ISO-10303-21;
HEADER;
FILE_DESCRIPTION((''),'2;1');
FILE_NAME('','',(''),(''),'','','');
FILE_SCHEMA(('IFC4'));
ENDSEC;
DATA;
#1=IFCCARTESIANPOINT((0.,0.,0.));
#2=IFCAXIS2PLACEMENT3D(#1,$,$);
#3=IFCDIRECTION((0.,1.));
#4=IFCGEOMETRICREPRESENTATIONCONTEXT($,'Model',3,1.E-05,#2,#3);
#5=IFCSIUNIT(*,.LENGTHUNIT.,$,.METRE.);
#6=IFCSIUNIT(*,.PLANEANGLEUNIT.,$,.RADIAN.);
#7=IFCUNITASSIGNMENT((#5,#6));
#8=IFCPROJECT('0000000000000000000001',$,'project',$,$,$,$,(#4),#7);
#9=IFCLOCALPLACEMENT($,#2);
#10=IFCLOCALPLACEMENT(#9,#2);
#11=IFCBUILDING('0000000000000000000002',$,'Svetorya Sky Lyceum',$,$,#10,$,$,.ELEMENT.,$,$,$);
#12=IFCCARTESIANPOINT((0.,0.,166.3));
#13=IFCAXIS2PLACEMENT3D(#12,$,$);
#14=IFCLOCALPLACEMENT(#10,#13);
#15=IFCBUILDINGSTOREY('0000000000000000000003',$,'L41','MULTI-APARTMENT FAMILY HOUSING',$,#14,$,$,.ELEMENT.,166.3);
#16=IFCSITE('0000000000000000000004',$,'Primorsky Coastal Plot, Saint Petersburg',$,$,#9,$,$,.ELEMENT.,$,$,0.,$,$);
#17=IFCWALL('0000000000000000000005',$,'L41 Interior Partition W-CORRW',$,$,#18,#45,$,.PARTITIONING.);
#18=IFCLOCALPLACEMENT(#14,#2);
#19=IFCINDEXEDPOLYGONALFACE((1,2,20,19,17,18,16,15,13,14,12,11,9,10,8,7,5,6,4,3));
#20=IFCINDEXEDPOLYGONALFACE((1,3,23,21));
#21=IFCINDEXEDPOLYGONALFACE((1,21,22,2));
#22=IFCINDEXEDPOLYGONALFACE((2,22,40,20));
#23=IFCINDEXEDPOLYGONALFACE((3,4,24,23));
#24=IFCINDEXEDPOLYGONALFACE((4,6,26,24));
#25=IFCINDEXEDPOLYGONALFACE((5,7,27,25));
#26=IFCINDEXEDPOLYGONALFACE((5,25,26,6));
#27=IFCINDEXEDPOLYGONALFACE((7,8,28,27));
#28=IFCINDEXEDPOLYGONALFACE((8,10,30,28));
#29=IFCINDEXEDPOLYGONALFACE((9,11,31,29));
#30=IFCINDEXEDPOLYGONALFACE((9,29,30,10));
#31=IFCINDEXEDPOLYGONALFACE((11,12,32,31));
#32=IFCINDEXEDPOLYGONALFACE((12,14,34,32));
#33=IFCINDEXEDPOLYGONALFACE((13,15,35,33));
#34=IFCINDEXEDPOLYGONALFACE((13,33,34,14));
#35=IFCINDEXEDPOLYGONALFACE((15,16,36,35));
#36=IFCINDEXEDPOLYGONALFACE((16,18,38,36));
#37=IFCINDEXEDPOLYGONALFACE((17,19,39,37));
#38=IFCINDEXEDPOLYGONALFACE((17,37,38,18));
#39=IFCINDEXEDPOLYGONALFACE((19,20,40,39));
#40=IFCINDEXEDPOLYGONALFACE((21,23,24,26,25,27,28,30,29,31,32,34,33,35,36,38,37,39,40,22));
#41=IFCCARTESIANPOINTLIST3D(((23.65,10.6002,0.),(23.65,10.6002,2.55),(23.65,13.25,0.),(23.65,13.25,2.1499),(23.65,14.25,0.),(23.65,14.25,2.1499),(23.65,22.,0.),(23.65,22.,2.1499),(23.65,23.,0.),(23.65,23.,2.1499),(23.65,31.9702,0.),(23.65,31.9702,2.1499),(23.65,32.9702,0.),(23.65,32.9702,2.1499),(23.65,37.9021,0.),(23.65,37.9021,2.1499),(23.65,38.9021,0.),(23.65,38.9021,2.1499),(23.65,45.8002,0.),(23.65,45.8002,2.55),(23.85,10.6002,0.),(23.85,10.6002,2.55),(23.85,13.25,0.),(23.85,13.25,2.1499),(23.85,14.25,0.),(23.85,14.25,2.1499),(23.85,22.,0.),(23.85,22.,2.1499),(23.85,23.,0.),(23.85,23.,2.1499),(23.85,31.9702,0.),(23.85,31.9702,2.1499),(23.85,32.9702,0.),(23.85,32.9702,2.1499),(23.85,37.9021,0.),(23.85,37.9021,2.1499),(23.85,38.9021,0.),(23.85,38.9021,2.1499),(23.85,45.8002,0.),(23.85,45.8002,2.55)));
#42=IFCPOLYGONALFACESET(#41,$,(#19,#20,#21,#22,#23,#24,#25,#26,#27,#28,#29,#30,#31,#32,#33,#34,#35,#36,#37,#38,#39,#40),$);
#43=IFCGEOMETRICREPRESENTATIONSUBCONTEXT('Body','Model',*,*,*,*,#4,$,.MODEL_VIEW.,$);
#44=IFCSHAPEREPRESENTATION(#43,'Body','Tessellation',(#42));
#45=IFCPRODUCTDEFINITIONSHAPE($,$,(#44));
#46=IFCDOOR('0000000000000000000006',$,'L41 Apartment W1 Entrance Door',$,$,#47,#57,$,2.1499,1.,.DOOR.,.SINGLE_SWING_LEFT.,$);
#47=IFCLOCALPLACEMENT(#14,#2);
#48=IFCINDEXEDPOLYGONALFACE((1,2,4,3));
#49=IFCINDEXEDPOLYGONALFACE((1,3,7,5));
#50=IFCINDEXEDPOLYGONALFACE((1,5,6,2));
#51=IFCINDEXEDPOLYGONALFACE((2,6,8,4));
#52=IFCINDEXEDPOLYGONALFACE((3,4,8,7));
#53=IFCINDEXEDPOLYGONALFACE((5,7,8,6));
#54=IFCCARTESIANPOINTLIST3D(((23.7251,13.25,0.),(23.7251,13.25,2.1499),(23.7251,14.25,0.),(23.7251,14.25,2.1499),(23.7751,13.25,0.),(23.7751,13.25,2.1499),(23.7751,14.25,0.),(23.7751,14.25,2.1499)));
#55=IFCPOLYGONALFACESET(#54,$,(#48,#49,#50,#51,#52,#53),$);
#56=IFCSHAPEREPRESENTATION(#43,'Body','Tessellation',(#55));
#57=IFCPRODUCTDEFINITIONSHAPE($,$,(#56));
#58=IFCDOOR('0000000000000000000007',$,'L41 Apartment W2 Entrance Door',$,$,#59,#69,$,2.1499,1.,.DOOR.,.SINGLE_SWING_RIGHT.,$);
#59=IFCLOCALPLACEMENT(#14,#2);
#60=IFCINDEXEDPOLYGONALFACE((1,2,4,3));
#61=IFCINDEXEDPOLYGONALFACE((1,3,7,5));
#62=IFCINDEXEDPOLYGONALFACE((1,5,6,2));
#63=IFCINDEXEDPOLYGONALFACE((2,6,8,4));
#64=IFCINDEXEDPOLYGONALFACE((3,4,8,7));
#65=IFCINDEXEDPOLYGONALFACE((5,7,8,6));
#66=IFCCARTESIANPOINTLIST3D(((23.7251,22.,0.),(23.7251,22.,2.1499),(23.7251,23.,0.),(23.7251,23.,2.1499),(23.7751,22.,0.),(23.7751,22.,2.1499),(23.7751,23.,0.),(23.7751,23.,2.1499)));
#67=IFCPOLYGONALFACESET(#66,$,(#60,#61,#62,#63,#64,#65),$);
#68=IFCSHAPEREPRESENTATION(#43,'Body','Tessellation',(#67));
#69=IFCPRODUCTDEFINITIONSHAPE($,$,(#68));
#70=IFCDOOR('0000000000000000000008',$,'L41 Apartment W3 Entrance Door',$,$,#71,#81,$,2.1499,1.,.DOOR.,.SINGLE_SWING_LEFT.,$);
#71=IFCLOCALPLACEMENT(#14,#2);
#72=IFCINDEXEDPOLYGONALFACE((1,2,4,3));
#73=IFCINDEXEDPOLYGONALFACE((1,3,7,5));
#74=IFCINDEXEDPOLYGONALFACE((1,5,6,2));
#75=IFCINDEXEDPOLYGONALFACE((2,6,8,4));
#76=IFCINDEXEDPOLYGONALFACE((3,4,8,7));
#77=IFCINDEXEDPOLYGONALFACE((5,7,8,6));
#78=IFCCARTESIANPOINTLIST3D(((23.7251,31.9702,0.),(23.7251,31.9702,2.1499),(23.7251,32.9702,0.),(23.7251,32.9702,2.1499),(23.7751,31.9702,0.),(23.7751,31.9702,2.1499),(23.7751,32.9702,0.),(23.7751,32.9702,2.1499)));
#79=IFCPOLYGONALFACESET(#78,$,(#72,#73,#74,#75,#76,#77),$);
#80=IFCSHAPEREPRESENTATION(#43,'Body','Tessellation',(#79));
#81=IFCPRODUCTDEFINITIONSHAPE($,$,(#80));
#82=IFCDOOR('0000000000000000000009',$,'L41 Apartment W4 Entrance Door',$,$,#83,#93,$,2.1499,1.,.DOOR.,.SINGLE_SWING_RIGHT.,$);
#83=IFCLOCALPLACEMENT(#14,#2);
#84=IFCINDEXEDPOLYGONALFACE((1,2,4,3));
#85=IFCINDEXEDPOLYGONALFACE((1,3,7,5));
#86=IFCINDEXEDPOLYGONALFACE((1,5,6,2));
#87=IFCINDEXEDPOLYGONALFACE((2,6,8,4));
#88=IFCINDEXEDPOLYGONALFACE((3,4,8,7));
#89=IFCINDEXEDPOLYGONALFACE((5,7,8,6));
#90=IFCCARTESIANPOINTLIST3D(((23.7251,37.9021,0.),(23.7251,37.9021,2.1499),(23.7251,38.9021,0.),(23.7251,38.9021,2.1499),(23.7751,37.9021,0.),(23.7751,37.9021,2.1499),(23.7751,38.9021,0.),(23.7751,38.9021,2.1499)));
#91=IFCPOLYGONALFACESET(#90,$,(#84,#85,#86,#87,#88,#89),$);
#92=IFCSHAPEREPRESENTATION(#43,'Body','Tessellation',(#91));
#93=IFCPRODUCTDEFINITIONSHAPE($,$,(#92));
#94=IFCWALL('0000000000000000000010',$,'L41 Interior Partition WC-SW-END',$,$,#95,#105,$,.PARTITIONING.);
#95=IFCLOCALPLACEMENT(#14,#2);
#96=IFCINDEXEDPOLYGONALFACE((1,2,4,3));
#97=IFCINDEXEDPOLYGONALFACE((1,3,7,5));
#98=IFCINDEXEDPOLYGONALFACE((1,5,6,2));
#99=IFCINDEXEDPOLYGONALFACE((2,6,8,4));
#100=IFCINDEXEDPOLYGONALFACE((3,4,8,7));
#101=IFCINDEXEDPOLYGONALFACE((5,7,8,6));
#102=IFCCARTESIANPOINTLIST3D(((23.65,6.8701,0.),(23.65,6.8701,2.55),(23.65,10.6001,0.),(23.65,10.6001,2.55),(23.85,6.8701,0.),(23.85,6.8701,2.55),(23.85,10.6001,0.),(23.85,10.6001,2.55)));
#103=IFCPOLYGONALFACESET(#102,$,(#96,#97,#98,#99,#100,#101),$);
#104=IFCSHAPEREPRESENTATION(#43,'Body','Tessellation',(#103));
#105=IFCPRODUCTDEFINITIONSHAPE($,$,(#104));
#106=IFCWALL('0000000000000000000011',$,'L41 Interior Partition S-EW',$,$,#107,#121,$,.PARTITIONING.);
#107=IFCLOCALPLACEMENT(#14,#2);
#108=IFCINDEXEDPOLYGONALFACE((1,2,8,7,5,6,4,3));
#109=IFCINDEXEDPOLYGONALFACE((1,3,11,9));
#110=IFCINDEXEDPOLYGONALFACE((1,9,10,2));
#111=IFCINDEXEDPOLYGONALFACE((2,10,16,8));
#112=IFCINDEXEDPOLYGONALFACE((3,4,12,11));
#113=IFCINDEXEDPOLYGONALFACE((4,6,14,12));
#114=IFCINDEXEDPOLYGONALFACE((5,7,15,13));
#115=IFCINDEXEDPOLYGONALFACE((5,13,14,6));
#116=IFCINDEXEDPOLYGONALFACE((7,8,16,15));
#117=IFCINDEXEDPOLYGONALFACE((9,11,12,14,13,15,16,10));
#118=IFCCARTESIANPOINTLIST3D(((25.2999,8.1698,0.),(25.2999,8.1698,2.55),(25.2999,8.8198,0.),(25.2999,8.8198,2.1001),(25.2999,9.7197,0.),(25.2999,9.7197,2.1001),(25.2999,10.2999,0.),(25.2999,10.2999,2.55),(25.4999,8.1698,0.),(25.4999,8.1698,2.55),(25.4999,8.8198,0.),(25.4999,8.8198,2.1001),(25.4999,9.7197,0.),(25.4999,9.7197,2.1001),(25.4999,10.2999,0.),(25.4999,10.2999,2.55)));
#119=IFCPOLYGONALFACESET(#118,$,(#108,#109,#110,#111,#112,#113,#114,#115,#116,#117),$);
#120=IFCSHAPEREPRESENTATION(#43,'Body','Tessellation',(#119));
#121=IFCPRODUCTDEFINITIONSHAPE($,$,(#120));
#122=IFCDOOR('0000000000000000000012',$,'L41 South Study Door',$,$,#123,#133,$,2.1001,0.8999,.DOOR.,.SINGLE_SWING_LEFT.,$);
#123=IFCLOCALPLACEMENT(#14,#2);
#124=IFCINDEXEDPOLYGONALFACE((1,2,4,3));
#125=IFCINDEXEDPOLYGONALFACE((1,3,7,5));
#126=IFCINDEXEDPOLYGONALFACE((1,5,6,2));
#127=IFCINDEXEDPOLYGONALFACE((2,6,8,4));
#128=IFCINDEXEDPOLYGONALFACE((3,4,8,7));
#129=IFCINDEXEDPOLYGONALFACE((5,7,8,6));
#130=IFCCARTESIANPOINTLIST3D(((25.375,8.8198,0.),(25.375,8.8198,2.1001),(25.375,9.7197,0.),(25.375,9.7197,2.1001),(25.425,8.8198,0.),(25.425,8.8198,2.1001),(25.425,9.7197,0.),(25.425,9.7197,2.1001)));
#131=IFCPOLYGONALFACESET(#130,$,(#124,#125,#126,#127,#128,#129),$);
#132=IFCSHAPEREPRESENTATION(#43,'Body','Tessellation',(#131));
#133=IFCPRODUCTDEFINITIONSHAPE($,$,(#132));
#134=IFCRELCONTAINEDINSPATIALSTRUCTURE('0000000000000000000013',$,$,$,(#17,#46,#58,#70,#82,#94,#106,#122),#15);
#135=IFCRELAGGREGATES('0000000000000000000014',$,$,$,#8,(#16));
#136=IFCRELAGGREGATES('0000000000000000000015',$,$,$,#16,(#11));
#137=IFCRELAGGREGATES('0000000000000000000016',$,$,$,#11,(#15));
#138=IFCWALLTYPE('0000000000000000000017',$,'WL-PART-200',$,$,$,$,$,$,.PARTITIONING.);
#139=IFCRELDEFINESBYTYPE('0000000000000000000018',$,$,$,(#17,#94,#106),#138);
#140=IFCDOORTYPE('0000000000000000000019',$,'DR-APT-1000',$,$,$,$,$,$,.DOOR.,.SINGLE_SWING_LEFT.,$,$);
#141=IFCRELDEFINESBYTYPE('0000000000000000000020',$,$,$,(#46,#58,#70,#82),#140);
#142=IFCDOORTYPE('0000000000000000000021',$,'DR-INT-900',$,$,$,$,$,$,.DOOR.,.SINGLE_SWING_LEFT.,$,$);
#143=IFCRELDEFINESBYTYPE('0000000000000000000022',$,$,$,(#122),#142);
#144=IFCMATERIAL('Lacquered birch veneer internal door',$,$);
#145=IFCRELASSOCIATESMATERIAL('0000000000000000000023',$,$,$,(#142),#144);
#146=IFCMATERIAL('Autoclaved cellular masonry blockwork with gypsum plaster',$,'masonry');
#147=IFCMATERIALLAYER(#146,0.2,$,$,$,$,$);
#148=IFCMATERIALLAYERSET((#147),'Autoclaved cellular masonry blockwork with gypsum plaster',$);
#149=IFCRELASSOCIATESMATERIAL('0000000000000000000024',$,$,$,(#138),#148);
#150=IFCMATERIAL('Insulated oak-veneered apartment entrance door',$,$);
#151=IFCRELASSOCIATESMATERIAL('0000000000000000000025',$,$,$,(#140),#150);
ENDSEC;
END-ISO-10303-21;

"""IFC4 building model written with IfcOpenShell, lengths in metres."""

from ifc_helpers import new_model, si_unit, direction, frame, frame_2d, origin, place, context, subcontext, project, spatial, rectangle, extrude, material, layer, layer_set, type_object, element, fill, save


model = new_model("IFC4")

# Units and contexts
model_context = context("Model", 3, precision=1e-05, world=origin(), true_north=direction((0.0, 1.0)))
body_context = subcontext(model_context, "Body", "Model", "MODEL_VIEW")
ifc_project = project(units=[si_unit("LENGTHUNIT", "METRE"), si_unit("PLANEANGLEUNIT", "RADIAN")], contexts=[model_context])

# Site, building, storey
site_placement = place(None, origin())
site = spatial("IfcSite", under=ifc_project, at=site_placement, Name="Primorsky Coastal Plot, Saint Petersburg", CompositionType="ELEMENT", RefElevation=0.0)
building_placement = place(site_placement, origin())
building = spatial("IfcBuilding", under=site, at=building_placement, Name="Svetorya Sky Lyceum", CompositionType="ELEMENT")
storey_placement = place(building_placement, frame((0.0, 0.0, 166.3)))
storey = spatial("IfcBuildingStorey", under=building, at=storey_placement, Name="L41", Description="MULTI-APARTMENT FAMILY HOUSING", CompositionType="ELEMENT", Elevation=166.3)

# Shared definitions
ifc_material_1 = material(Name="Lacquered birch veneer internal door")
door_type_1 = type_object("IfcDoorType", Name="DR-INT-900", OperationType="SINGLE_SWING_LEFT", PredefinedType="DOOR", material=ifc_material_1)

# Wall, openings, doors
ifc_material_2 = material(Name="Autoclaved cellular masonry blockwork with gypsum plaster", Category="masonry")
ifc_layer_1 = layer(ifc_material_2, 0.2)
ifc_layer_set_1 = layer_set([ifc_layer_1], Name="Autoclaved cellular masonry blockwork with gypsum plaster")
wall_type_1 = type_object("IfcWallType", Name="WL-PART-200", PredefinedType="PARTITIONING", material=ifc_layer_set_1)
wall_1_placement = place(storey_placement, frame((23.75, 10.6001, 0.0), z_axis=(0.0, 0.0, 1.0), x_axis=(0.0, 1.0, 0.0)))
wall_1 = element("IfcWall", 1, at=wall_1_placement, inside=storey, type_object=wall_type_1, Name="L41 Interior Partition W-CORRW", PredefinedType="PARTITIONING", context=body_context, shape_type="SweptSolid", body=[
    extrude(rectangle(XDim=35.2, YDim=0.2, at=frame_2d((17.6001, 0.0))), origin(), (0.0, 0.0, 1.0), 2.55),
])
opening_1_placement = place(wall_1_placement, frame((2.6499, 0.0, 0.0)))
opening_1 = element("IfcOpeningElement", 2, at=opening_1_placement, cuts=wall_1, PredefinedType="OPENING", context=body_context, shape_type="SweptSolid", body=[
    extrude(rectangle(XDim=1.0, YDim=2.1499, at=frame_2d((0.5, 1.075))), frame((0.0, 0.1099, 0.0), z_axis=(0.0, -1.0, 0.0), x_axis=(1.0, 0.0, 0.0)), (0.0, 0.0, 1.0), 0.22),
])
opening_2_placement = place(wall_1_placement, frame((11.3999, 0.0, 0.0)))
opening_2 = element("IfcOpeningElement", 3, at=opening_2_placement, cuts=wall_1, PredefinedType="OPENING", context=body_context, shape_type="SweptSolid", body=[
    extrude(rectangle(XDim=1.0, YDim=2.1499, at=frame_2d((0.5, 1.075))), frame((0.0, 0.1099, 0.0), z_axis=(0.0, -1.0, 0.0), x_axis=(1.0, 0.0, 0.0)), (0.0, 0.0, 1.0), 0.22),
])
opening_3_placement = place(wall_1_placement, frame((21.3701, 0.0, 0.0)))
opening_3 = element("IfcOpeningElement", 4, at=opening_3_placement, cuts=wall_1, PredefinedType="OPENING", context=body_context, shape_type="SweptSolid", body=[
    extrude(rectangle(XDim=1.0, YDim=2.1499, at=frame_2d((0.5, 1.075))), frame((0.0, 0.1099, 0.0), z_axis=(0.0, -1.0, 0.0), x_axis=(1.0, 0.0, 0.0)), (0.0, 0.0, 1.0), 0.22),
])
opening_4_placement = place(wall_1_placement, frame((27.302, 0.0, 0.0)))
opening_4 = element("IfcOpeningElement", 5, at=opening_4_placement, cuts=wall_1, PredefinedType="OPENING", context=body_context, shape_type="SweptSolid", body=[
    extrude(rectangle(XDim=1.0, YDim=2.1499, at=frame_2d((0.5, 1.075))), frame((0.0, 0.1099, 0.0), z_axis=(0.0, -1.0, 0.0), x_axis=(1.0, 0.0, 0.0)), (0.0, 0.0, 1.0), 0.22),
])
ifc_material_3 = material(Name="Insulated oak-veneered apartment entrance door")
door_type_2 = type_object("IfcDoorType", Name="DR-APT-1000", OperationType="SINGLE_SWING_LEFT", PredefinedType="DOOR", material=ifc_material_3)
door_1_placement = place(opening_1_placement, origin())
door_1 = element("IfcDoor", 6, at=door_1_placement, inside=storey, type_object=door_type_2, Name="L41 Apartment W1 Entrance Door", OperationType="SINGLE_SWING_LEFT", OverallHeight=2.1499, OverallWidth=1.0, PredefinedType="DOOR", context=body_context, shape_type="SweptSolid", body=[
    extrude(rectangle(XDim=1.0, YDim=2.1499, at=frame_2d((0.5, 1.075))), frame((0.0, 0.0249, 0.0), z_axis=(0.0, -1.0, 0.0), x_axis=(1.0, 0.0, 0.0)), (0.0, 0.0, 1.0), 0.05),
])
fill(opening_1, door_1)
door_2_placement = place(opening_2_placement, origin())
door_2 = element("IfcDoor", 7, at=door_2_placement, inside=storey, type_object=door_type_2, Name="L41 Apartment W2 Entrance Door", OperationType="SINGLE_SWING_RIGHT", OverallHeight=2.1499, OverallWidth=1.0, PredefinedType="DOOR", context=body_context, shape_type="SweptSolid", body=[
    extrude(rectangle(XDim=1.0, YDim=2.1499, at=frame_2d((0.5, 1.075))), frame((0.0, 0.0249, 0.0), z_axis=(0.0, -1.0, 0.0), x_axis=(1.0, 0.0, 0.0)), (0.0, 0.0, 1.0), 0.05),
])
fill(opening_2, door_2)
door_3_placement = place(opening_3_placement, origin())
door_3 = element("IfcDoor", 8, at=door_3_placement, inside=storey, type_object=door_type_2, Name="L41 Apartment W3 Entrance Door", OperationType="SINGLE_SWING_LEFT", OverallHeight=2.1499, OverallWidth=1.0, PredefinedType="DOOR", context=body_context, shape_type="SweptSolid", body=[
    extrude(rectangle(XDim=1.0, YDim=2.1499, at=frame_2d((0.5, 1.075))), frame((0.0, 0.0249, 0.0), z_axis=(0.0, -1.0, 0.0), x_axis=(1.0, 0.0, 0.0)), (0.0, 0.0, 1.0), 0.05),
])
fill(opening_3, door_3)
door_4_placement = place(opening_4_placement, origin())
door_4 = element("IfcDoor", 9, at=door_4_placement, inside=storey, type_object=door_type_2, Name="L41 Apartment W4 Entrance Door", OperationType="SINGLE_SWING_RIGHT", OverallHeight=2.1499, OverallWidth=1.0, PredefinedType="DOOR", context=body_context, shape_type="SweptSolid", body=[
    extrude(rectangle(XDim=1.0, YDim=2.1499, at=frame_2d((0.5, 1.075))), frame((0.0, 0.0249, 0.0), z_axis=(0.0, -1.0, 0.0), x_axis=(1.0, 0.0, 0.0)), (0.0, 0.0, 1.0), 0.05),
])
fill(opening_4, door_4)

# Wall
wall_2_placement = place(storey_placement, frame((23.75, 6.8701, 0.0), z_axis=(0.0, 0.0, 1.0), x_axis=(0.0, 1.0, 0.0)))
element("IfcWall", 10, at=wall_2_placement, inside=storey, type_object=wall_type_1, Name="L41 Interior Partition WC-SW-END", PredefinedType="PARTITIONING", context=body_context, shape_type="SweptSolid", body=[
    extrude(rectangle(XDim=3.73, YDim=0.2, at=frame_2d((1.865, 0.0))), origin(), (0.0, 0.0, 1.0), 2.55),
])

# Wall, opening, door
wall_3_placement = place(storey_placement, frame((25.3999, 8.1699, 0.0), z_axis=(0.0, 0.0, 1.0), x_axis=(0.0, 1.0, 0.0)))
wall_3 = element("IfcWall", 11, at=wall_3_placement, inside=storey, type_object=wall_type_1, Name="L41 Interior Partition S-EW", PredefinedType="PARTITIONING", context=body_context, shape_type="SweptSolid", body=[
    extrude(rectangle(XDim=2.1301, YDim=0.2, at=frame_2d((1.0649, 0.0))), origin(), (0.0, 0.0, 1.0), 2.55),
])
opening_5_placement = place(wall_3_placement, frame((0.6499, 0.0, 0.0)))
opening_5 = element("IfcOpeningElement", 12, at=opening_5_placement, cuts=wall_3, PredefinedType="OPENING", context=body_context, shape_type="SweptSolid", body=[
    extrude(rectangle(XDim=0.8999, YDim=2.1001, at=frame_2d((0.45, 1.05))), frame((0.0, 0.1099, 0.0), z_axis=(0.0, -1.0, 0.0), x_axis=(1.0, 0.0, 0.0)), (0.0, 0.0, 1.0), 0.22),
])
door_5_placement = place(opening_5_placement, origin())
door_5 = element("IfcDoor", 13, at=door_5_placement, inside=storey, type_object=door_type_1, Name="L41 South Study Door", OperationType="SINGLE_SWING_LEFT", OverallHeight=2.1001, OverallWidth=0.8999, PredefinedType="DOOR", context=body_context, shape_type="SweptSolid", body=[
    extrude(rectangle(XDim=0.8999, YDim=2.1001, at=frame_2d((0.45, 1.05))), frame((0.0, 0.0249, 0.0), z_axis=(0.0, -1.0, 0.0), x_axis=(1.0, 0.0, 0.0)), (0.0, 0.0, 1.0), 0.05),
])
fill(opening_5, door_5)

save(model, "model.ifc")
